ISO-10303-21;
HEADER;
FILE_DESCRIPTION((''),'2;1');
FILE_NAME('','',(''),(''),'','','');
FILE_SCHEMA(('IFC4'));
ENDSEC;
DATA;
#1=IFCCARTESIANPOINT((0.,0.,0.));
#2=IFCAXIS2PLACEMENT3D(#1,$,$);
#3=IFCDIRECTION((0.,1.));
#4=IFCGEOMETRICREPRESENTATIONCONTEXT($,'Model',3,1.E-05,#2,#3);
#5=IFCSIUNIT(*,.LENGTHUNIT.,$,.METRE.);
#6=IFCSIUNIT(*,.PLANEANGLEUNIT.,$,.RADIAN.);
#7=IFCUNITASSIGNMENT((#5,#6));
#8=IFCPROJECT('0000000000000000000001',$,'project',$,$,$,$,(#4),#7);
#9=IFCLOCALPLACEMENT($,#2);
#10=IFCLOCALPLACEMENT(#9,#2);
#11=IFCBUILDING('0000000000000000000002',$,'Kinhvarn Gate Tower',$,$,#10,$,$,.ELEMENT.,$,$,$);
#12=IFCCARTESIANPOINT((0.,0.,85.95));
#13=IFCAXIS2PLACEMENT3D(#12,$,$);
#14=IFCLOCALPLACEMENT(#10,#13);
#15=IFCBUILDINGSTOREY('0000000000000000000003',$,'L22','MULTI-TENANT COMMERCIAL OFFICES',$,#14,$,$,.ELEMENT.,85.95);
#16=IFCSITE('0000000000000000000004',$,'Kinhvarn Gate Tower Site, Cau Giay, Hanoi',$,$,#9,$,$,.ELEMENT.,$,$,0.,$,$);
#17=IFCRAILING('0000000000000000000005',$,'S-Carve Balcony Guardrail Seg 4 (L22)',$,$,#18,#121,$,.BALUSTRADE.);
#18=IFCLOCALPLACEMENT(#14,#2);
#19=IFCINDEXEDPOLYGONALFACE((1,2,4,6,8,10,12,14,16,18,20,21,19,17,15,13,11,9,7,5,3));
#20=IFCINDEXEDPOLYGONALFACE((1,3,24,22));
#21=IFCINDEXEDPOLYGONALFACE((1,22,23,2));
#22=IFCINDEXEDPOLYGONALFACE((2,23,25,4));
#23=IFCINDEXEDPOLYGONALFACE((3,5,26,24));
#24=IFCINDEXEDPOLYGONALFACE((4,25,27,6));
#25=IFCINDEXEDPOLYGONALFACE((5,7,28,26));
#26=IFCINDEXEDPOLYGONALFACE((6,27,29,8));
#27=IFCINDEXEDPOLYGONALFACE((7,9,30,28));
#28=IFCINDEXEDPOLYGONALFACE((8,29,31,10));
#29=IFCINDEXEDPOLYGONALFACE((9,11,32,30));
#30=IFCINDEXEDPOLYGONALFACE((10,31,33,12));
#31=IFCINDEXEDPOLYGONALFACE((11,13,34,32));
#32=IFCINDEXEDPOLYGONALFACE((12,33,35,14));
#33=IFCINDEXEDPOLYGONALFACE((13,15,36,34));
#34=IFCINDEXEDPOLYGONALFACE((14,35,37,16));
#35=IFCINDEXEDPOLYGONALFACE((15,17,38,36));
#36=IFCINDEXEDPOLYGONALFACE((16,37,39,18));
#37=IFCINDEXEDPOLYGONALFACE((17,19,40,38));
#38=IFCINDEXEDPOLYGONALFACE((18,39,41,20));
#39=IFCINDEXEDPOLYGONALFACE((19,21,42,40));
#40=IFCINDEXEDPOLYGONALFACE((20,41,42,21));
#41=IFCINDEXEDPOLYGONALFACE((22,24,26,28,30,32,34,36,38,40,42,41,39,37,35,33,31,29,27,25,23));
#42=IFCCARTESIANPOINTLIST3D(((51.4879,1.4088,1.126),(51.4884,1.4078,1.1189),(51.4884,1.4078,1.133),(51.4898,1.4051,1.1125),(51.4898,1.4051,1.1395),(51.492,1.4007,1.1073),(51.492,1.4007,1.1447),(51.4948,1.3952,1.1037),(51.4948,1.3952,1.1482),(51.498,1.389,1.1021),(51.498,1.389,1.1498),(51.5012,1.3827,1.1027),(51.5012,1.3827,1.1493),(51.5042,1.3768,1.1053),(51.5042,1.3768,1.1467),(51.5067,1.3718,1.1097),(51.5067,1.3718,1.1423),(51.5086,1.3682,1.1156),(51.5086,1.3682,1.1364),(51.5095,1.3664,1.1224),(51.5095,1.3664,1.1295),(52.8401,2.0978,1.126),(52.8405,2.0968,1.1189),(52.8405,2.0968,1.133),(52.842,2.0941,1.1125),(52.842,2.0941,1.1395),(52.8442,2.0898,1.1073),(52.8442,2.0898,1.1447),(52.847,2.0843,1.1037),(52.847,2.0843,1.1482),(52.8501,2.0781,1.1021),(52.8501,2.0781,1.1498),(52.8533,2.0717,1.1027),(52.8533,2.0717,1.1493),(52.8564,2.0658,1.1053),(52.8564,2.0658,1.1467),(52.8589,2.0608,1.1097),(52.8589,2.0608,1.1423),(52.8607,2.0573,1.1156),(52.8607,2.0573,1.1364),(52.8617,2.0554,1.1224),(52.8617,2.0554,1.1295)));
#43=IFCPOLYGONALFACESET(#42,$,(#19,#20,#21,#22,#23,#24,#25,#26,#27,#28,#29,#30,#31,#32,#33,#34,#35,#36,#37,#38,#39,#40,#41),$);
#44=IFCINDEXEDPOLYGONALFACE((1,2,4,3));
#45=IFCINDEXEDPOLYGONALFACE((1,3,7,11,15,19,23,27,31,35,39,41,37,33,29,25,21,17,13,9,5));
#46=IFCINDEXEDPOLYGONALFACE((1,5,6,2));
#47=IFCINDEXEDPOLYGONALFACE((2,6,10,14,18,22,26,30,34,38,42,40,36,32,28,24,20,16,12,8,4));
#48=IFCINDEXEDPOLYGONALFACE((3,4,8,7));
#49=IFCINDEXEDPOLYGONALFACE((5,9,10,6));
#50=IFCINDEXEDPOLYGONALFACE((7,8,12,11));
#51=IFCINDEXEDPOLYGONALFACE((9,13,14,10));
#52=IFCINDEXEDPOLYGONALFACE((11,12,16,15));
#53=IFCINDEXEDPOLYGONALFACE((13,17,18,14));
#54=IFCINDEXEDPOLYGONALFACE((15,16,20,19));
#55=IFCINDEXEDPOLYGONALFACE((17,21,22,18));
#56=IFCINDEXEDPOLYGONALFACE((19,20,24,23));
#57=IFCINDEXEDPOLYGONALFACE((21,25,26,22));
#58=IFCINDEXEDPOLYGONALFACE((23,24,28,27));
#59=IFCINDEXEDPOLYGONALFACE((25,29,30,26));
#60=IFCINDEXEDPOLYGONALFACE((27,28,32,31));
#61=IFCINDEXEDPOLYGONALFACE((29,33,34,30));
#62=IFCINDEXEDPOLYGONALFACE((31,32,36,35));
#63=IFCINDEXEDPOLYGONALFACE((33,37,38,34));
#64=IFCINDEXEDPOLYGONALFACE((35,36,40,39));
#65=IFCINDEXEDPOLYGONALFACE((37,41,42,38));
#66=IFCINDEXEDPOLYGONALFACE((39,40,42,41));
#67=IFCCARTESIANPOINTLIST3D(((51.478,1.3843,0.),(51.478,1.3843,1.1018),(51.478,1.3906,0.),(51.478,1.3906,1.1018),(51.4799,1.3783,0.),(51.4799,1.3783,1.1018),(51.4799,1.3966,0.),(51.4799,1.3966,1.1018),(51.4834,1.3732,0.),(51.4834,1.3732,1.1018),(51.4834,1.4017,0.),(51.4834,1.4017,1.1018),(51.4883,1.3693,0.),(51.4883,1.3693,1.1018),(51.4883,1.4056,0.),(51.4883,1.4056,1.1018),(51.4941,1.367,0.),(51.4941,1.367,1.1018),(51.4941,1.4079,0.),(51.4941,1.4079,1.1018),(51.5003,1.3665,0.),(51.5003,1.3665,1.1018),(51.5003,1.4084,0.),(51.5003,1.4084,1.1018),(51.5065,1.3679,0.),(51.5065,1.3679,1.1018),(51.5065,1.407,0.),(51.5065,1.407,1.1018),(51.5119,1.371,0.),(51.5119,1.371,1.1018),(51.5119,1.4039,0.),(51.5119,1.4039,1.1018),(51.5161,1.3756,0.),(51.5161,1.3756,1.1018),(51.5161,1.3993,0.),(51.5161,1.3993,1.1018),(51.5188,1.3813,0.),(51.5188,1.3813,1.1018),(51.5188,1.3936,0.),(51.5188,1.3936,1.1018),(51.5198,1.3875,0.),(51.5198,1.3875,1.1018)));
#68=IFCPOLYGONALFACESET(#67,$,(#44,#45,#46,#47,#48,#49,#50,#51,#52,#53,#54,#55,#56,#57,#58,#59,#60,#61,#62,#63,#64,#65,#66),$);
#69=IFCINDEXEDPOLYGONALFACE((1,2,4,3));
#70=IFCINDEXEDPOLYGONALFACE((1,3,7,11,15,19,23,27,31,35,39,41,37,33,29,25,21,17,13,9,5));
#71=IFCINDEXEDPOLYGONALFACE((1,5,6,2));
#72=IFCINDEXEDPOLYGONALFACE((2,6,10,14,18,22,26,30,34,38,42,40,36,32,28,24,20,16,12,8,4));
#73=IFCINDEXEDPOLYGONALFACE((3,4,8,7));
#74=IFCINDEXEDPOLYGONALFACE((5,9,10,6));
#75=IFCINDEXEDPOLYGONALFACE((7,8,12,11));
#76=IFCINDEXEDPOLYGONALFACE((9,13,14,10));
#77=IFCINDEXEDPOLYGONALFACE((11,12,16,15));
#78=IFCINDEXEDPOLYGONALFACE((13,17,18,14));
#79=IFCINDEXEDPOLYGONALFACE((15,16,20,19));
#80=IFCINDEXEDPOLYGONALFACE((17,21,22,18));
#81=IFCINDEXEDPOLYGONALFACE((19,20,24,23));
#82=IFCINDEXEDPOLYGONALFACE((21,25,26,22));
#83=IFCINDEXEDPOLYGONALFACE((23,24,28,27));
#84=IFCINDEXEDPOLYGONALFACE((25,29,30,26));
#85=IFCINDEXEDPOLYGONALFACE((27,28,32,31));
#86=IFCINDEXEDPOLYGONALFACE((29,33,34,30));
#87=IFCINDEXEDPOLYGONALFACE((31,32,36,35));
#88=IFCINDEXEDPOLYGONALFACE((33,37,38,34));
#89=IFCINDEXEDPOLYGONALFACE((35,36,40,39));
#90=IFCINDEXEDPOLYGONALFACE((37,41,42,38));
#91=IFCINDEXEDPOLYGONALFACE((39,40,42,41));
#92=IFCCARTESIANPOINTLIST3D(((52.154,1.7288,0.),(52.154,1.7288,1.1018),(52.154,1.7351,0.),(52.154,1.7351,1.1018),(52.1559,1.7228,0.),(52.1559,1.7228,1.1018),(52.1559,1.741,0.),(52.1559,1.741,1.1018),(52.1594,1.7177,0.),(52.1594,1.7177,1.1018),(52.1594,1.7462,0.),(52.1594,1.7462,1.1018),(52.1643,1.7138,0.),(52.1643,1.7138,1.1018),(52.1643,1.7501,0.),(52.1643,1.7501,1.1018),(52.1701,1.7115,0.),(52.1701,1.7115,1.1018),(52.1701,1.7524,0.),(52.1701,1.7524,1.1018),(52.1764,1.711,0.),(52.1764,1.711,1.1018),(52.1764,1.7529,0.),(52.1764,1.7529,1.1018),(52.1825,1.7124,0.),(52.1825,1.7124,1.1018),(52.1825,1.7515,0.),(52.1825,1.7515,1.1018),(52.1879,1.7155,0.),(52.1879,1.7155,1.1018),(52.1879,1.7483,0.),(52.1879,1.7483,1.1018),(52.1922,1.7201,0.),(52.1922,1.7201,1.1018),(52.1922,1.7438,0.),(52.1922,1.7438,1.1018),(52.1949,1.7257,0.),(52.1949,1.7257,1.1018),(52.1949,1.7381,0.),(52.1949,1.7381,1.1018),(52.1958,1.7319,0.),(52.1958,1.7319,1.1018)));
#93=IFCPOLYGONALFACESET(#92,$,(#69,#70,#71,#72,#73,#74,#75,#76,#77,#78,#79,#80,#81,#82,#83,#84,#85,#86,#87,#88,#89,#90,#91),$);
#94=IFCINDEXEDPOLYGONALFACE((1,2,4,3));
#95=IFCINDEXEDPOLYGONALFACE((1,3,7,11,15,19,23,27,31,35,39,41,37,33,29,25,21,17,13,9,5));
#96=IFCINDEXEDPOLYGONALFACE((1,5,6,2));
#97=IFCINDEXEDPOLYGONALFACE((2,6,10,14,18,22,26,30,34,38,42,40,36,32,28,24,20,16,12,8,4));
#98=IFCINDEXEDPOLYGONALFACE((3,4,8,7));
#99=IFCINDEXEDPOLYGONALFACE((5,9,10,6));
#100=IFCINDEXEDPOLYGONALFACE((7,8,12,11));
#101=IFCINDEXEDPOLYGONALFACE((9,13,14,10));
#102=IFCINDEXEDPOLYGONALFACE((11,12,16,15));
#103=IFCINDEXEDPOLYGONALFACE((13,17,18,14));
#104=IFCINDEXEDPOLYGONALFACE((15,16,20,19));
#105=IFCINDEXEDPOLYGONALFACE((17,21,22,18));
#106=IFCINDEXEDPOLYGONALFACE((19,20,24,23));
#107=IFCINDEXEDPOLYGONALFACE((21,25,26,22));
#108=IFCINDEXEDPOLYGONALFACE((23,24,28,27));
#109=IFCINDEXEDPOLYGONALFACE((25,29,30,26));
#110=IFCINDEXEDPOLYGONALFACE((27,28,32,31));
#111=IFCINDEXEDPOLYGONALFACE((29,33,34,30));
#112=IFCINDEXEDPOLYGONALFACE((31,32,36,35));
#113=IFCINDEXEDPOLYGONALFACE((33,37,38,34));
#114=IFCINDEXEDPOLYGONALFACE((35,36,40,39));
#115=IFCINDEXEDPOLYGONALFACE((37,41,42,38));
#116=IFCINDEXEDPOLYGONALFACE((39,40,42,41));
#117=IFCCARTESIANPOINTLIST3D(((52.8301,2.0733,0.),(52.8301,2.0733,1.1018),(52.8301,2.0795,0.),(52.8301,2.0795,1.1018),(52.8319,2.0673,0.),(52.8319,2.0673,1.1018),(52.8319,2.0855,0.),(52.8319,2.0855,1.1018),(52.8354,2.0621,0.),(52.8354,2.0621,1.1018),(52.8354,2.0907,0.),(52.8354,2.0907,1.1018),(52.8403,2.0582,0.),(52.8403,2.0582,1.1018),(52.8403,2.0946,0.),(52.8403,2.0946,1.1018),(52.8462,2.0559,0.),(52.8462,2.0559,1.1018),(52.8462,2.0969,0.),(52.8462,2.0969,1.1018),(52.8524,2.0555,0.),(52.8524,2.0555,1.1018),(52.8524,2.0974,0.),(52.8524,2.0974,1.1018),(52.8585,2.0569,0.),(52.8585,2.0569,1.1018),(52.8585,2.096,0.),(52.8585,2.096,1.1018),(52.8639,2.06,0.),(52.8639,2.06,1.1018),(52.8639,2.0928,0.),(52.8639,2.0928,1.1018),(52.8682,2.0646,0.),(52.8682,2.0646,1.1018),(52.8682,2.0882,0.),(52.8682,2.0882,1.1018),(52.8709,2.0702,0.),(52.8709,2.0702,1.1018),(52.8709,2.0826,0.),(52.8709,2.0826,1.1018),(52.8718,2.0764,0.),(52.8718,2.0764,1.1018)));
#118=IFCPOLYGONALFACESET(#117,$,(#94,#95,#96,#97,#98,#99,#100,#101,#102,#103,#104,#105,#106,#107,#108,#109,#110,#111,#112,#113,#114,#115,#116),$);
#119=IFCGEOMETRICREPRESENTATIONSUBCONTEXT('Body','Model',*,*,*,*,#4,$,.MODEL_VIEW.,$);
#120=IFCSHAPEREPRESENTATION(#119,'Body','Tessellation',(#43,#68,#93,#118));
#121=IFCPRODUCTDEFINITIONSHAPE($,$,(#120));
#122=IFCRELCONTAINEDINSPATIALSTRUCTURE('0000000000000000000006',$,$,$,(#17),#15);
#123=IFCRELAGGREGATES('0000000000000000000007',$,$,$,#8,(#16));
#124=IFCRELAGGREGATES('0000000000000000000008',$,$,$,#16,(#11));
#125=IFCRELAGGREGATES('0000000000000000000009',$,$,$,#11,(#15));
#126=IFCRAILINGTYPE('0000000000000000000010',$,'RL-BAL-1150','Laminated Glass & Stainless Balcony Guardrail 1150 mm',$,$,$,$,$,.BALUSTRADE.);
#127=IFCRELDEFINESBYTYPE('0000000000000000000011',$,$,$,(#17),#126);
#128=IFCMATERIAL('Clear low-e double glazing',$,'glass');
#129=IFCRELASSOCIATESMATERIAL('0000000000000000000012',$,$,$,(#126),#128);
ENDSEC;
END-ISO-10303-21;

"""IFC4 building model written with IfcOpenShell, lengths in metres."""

from ifc_helpers import new_model, si_unit, direction, frame, origin, origin_2d, place, context, subcontext, project, spatial, circle, extrude, material, type_object, element, save


model = new_model("IFC4")

# Units and contexts
model_context = context("Model", 3, precision=1e-05, world=origin(), true_north=direction((0.0, 1.0)))
body_context = subcontext(model_context, "Body", "Model", "MODEL_VIEW")
ifc_project = project(units=[si_unit("LENGTHUNIT", "METRE"), si_unit("PLANEANGLEUNIT", "RADIAN")], contexts=[model_context])

# Site, building, storey
site_placement = place(None, origin())
site = spatial("IfcSite", under=ifc_project, at=site_placement, Name="Kinhvarn Gate Tower Site, Cau Giay, Hanoi", CompositionType="ELEMENT", RefElevation=0.0)
building_placement = place(site_placement, origin())
building = spatial("IfcBuilding", under=site, at=building_placement, Name="Kinhvarn Gate Tower", CompositionType="ELEMENT")
storey_placement = place(building_placement, frame((0.0, 0.0, 85.95)))
storey = spatial("IfcBuildingStorey", under=building, at=storey_placement, Name="L22", Description="MULTI-TENANT COMMERCIAL OFFICES", CompositionType="ELEMENT", Elevation=85.95)

# Shared definitions
ifc_material_1 = material(Name="Clear low-e double glazing", Category="glass")

# Railing
railing_type = type_object("IfcRailingType", Name="RL-BAL-1150", Description="Laminated Glass & Stainless Balcony Guardrail 1150 mm", PredefinedType="BALUSTRADE", material=ifc_material_1)
railing_1_placement = place(storey_placement, frame((51.4988, 1.3875, 0.0)))
element("IfcRailing", 1, at=railing_1_placement, inside=storey, type_object=railing_type, Name="S-Carve Balcony Guardrail Seg 4 (L22)", PredefinedType="BALUSTRADE", context=body_context, shape_type="SweptSolid", body=[
    extrude(circle(Radius=0.0239, at=origin_2d()), frame((0.0, 0.0, 1.126), z_axis=(0.89099, 0.454022, 0.0), x_axis=(-0.454022, 0.89099, 0.0)), (0.0, 0.0, 1.0), 1.5176),
    extrude(circle(Radius=0.021, at=origin_2d()), origin(), (0.0, 0.0, 1.0), 1.1018),
    extrude(circle(Radius=0.021, at=origin_2d()), frame((0.676, 0.3445, 0.0)), (0.0, 0.0, 1.0), 1.1018),
    extrude(circle(Radius=0.021, at=origin_2d()), frame((1.3521, 0.689, 0.0)), (0.0, 0.0, 1.0), 1.1018),
])

save(model, "model.ifc")
